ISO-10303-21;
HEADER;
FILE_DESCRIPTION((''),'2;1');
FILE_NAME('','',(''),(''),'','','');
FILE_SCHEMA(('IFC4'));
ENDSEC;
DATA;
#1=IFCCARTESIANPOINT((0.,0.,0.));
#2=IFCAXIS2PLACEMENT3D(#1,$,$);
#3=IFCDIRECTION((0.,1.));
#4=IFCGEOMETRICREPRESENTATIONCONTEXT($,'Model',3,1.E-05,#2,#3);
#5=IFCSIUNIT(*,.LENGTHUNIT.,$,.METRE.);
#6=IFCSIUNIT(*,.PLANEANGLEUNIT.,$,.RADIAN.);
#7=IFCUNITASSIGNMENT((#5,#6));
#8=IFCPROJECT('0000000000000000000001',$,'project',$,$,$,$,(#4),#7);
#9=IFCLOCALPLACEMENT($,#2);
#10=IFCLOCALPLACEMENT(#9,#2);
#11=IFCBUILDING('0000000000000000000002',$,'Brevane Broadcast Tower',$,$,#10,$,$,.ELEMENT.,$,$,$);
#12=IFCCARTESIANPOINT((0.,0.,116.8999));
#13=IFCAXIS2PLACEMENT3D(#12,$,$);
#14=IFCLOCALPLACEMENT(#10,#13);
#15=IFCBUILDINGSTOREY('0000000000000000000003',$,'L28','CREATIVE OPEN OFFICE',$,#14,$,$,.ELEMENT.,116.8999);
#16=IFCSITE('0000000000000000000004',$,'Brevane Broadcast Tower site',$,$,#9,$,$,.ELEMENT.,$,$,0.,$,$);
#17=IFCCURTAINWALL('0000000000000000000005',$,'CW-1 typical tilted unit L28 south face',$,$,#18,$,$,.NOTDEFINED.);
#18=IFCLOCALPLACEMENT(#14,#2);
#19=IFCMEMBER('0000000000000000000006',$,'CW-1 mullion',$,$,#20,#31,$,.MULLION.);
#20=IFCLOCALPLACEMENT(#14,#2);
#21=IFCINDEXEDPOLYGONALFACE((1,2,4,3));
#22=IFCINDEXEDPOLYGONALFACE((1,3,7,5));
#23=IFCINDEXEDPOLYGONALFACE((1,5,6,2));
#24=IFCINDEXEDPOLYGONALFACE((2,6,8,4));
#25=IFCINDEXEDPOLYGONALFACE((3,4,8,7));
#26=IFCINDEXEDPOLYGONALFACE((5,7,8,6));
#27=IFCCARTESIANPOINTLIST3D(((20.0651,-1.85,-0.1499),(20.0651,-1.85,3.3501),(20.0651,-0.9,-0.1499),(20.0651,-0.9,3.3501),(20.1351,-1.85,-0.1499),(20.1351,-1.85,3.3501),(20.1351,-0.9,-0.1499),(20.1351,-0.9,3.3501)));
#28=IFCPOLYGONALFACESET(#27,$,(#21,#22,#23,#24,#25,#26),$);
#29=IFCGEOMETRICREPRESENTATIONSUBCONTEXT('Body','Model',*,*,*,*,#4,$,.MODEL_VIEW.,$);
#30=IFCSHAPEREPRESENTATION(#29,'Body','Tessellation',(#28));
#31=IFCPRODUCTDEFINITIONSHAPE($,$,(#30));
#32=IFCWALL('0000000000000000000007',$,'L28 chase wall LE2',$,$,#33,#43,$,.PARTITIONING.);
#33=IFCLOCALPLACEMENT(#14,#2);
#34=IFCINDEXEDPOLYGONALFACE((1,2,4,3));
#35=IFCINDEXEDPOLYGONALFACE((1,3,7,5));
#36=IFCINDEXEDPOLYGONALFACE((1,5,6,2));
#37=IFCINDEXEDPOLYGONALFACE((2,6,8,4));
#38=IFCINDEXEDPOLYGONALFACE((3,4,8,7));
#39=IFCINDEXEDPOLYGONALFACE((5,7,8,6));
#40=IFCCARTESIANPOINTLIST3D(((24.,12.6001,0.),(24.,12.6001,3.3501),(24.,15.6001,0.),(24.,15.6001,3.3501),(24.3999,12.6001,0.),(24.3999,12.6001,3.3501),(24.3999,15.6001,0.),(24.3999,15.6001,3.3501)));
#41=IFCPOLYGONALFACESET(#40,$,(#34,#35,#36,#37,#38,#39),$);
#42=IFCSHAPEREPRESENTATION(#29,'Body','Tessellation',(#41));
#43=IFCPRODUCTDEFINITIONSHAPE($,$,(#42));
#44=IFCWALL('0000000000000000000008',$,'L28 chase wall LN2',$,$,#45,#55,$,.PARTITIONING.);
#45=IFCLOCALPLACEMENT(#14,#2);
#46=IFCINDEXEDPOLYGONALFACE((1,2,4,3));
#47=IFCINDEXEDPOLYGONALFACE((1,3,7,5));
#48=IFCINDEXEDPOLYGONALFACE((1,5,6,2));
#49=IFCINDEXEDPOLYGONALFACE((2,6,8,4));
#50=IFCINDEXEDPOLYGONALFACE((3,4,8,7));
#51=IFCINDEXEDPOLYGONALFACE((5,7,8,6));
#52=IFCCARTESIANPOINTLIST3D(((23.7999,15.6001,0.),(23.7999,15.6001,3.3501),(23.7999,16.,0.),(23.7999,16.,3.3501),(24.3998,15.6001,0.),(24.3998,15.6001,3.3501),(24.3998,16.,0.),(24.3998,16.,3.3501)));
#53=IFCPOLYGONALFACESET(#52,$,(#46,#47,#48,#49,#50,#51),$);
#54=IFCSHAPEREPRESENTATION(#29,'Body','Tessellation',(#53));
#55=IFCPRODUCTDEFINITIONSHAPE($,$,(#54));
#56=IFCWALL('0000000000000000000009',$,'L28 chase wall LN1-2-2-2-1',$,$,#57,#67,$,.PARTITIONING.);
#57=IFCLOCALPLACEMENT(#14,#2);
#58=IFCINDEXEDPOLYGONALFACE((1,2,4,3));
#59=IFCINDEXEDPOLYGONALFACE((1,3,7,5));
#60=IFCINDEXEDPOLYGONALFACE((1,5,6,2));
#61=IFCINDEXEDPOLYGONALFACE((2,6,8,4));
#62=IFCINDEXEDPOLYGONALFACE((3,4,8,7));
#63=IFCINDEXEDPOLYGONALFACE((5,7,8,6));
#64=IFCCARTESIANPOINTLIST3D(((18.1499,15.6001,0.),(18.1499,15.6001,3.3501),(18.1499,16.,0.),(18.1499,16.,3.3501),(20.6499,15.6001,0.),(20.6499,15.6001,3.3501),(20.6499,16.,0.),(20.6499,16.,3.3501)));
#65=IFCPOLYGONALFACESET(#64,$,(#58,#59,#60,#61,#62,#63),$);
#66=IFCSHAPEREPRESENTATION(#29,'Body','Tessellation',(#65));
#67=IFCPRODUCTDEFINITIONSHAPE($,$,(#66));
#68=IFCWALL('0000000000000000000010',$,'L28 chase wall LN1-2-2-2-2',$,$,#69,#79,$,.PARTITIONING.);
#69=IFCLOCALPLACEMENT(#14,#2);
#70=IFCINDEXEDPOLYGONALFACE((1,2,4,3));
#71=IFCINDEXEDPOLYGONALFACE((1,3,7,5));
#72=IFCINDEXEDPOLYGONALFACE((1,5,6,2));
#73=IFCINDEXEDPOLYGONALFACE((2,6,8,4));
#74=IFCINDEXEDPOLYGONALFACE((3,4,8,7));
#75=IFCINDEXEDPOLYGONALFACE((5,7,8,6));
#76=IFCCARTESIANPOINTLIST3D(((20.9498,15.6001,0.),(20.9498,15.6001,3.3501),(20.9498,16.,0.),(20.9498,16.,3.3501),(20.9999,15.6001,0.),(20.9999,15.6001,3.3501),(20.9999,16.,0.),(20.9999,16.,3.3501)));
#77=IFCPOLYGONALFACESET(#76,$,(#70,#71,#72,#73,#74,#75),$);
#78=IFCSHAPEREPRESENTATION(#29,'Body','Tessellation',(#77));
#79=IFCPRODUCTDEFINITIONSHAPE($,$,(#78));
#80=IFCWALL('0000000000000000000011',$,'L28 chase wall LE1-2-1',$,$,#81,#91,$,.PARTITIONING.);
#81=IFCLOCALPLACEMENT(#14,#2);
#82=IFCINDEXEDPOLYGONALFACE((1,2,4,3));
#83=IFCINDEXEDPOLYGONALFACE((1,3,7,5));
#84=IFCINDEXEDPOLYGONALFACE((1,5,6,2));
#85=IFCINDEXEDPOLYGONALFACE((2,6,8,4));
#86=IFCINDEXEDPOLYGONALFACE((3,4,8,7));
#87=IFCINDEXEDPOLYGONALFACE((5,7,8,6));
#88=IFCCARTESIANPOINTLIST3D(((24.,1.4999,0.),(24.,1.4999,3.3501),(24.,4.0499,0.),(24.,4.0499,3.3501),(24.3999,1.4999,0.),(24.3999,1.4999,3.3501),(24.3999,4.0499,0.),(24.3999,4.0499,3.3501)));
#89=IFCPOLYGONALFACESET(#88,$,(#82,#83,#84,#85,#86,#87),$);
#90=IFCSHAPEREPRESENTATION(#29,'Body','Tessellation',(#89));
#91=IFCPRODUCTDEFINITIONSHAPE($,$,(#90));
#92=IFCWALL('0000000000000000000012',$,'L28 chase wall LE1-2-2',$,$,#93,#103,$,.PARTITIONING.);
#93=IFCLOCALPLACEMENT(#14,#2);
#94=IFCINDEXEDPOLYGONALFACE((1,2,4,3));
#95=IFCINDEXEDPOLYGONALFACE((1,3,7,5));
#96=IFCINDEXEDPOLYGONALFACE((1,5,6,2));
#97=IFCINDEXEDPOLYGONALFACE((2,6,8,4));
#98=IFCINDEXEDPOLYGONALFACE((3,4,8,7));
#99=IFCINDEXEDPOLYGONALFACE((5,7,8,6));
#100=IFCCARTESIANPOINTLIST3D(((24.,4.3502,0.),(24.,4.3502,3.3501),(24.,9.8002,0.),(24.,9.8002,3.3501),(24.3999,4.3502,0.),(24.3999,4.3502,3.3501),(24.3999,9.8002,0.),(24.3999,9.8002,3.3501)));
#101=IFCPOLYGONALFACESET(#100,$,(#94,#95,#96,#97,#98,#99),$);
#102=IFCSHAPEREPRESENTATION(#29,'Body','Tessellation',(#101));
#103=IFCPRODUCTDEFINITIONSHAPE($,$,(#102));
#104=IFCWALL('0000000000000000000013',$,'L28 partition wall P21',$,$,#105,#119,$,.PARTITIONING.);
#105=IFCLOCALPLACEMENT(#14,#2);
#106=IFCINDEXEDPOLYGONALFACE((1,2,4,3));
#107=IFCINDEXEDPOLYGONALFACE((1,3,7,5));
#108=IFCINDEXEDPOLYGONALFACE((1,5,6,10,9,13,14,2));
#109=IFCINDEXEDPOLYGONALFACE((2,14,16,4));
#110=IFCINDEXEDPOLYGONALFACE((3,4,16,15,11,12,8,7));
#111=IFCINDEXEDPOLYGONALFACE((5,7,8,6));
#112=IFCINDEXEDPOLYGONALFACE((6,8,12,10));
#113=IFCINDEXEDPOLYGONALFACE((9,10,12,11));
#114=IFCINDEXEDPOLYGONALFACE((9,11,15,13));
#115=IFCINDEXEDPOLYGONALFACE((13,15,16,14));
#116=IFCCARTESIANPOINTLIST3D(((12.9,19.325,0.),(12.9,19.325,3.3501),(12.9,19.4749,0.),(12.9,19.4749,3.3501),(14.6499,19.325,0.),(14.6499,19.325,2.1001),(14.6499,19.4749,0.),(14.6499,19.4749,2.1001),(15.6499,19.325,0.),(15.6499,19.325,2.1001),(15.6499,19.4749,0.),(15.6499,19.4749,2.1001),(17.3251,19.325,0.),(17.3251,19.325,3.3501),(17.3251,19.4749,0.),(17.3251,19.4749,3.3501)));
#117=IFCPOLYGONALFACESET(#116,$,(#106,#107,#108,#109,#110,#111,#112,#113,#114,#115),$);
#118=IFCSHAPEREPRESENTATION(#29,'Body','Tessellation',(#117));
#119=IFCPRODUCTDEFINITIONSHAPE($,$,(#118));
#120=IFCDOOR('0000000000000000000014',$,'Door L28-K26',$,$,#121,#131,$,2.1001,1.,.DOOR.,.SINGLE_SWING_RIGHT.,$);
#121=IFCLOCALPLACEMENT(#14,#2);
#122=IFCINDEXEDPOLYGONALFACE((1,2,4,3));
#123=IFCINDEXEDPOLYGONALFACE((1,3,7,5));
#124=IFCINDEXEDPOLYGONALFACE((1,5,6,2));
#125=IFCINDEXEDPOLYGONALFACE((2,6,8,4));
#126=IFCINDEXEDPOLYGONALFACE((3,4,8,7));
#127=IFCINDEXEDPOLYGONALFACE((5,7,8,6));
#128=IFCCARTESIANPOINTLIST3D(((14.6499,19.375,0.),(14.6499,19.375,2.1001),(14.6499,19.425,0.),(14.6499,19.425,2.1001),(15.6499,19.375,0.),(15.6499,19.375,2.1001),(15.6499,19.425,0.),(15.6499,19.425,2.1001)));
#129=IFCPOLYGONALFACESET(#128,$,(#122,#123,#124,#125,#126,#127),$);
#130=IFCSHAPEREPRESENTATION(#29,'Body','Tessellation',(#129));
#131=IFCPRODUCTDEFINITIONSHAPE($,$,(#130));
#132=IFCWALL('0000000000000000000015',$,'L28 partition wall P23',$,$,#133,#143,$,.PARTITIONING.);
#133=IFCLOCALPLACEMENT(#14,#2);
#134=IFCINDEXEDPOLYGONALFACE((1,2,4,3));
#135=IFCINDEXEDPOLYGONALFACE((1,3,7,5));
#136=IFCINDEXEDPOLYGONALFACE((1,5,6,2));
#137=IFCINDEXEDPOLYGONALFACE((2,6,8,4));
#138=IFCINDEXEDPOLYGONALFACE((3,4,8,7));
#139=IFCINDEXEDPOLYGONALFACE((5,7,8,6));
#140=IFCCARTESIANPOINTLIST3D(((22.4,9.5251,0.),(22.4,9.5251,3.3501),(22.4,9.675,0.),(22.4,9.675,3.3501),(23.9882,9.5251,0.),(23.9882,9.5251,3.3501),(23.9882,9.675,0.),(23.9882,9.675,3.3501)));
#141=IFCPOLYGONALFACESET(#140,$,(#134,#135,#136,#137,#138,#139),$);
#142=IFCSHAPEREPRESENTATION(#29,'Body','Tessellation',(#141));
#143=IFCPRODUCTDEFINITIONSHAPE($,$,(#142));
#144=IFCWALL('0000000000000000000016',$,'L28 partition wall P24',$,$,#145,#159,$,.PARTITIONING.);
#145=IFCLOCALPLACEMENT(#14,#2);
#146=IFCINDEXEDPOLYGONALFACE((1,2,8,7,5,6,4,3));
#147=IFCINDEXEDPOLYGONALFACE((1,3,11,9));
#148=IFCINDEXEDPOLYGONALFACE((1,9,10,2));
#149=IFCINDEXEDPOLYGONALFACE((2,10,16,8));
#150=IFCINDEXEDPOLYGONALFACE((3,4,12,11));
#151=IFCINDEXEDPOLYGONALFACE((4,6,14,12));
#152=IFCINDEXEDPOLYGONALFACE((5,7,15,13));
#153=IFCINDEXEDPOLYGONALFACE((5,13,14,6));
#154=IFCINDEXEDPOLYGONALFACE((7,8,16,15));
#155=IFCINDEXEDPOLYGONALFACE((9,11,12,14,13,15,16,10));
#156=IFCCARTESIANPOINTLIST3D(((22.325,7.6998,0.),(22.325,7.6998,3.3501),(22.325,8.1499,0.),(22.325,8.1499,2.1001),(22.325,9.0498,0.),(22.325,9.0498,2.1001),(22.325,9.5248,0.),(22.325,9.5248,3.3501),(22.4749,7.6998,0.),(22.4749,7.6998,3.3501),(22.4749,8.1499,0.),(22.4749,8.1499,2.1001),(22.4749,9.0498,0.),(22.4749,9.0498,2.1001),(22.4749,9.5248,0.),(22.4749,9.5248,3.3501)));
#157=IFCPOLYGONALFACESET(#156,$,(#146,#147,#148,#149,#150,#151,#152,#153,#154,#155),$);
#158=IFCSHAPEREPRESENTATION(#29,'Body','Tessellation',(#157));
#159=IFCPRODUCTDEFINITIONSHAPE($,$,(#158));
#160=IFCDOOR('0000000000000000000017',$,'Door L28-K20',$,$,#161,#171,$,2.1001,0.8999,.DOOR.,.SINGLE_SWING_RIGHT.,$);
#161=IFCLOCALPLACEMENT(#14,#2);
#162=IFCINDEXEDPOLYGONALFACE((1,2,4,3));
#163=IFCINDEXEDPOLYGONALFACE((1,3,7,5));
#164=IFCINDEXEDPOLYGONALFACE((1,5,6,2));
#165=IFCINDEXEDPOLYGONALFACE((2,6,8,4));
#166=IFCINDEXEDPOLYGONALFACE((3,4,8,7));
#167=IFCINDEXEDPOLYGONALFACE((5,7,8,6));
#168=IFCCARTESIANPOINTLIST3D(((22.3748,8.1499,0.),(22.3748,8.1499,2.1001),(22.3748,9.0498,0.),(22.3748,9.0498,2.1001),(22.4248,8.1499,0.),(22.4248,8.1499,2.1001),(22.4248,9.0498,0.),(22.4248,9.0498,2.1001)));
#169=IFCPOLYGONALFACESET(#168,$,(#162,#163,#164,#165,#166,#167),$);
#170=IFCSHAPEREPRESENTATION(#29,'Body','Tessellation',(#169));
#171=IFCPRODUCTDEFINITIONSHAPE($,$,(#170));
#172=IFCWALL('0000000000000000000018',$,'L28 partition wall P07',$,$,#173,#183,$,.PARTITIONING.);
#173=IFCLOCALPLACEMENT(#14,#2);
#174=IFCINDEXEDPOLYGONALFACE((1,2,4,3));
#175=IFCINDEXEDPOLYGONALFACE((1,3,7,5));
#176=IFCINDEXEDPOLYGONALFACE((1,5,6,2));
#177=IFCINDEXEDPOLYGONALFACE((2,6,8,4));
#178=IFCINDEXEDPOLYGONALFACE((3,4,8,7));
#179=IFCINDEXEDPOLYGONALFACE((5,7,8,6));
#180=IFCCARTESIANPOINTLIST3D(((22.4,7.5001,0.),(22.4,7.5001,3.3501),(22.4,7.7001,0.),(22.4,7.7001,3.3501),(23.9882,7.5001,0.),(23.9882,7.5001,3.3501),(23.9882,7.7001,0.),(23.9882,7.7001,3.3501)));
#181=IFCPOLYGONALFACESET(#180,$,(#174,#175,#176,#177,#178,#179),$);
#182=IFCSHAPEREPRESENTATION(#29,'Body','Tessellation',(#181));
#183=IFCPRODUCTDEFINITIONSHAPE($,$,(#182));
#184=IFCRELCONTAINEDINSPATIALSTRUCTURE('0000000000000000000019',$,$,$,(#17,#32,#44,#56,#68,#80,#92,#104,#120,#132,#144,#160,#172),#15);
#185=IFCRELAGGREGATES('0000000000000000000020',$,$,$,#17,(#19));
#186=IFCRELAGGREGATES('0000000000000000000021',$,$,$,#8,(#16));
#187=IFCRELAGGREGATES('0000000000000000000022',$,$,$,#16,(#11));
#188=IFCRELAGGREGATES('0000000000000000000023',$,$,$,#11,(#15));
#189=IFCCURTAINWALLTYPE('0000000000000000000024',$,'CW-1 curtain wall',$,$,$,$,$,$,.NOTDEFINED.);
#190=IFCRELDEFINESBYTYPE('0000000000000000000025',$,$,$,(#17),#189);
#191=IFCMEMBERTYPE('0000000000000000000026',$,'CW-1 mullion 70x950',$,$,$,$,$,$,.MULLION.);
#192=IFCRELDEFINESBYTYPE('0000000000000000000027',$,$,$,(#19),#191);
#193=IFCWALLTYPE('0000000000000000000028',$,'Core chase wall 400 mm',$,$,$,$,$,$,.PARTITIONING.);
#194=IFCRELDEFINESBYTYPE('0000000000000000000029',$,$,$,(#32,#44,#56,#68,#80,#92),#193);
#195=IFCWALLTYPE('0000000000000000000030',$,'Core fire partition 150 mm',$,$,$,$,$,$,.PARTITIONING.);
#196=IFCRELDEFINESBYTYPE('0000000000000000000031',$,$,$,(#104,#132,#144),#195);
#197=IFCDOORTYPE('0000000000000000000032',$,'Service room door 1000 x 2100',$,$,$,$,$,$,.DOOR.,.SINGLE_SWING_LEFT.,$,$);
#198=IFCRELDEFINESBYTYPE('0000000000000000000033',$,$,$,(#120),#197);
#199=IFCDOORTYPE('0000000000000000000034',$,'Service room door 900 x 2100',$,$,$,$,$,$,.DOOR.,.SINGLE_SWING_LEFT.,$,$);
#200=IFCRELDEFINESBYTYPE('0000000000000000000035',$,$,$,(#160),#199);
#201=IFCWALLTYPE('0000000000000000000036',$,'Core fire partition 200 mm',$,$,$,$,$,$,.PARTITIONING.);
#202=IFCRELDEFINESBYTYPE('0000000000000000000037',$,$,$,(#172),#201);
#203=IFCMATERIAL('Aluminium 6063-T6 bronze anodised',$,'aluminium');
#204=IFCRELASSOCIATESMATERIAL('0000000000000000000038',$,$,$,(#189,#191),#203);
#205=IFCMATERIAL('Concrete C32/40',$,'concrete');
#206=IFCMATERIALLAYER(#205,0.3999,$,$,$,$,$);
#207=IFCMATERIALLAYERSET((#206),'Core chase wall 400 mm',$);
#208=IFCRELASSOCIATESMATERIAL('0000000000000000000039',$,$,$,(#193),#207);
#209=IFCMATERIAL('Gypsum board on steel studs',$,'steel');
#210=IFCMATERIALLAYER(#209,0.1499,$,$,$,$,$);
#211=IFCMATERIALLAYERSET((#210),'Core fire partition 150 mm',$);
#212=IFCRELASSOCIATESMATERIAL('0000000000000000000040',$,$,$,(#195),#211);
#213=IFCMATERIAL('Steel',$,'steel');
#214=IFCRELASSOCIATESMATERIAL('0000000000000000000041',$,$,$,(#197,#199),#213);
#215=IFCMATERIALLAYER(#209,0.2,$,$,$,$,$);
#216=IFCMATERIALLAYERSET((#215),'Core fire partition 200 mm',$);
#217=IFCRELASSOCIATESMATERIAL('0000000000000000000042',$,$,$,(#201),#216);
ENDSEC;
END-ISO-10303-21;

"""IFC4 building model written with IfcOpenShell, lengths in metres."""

from ifc_helpers import new_model, si_unit, direction, frame, frame_2d, origin, origin_2d, place, context, subcontext, project, spatial, rectangle, extrude, material, layer, layer_set, material_profile, profile_set, type_object, element, fill, aggregate, save


model = new_model("IFC4")

# Units and contexts
model_context = context("Model", 3, precision=1e-05, world=origin(), true_north=direction((0.0, 1.0)))
body_context = subcontext(model_context, "Body", "Model", "MODEL_VIEW")
ifc_project = project(units=[si_unit("LENGTHUNIT", "METRE"), si_unit("PLANEANGLEUNIT", "RADIAN")], contexts=[model_context])

# Site, building, storey
site_placement = place(None, origin())
site = spatial("IfcSite", under=ifc_project, at=site_placement, Name="Brevane Broadcast Tower site", CompositionType="ELEMENT", RefElevation=0.0)
building_placement = place(site_placement, origin())
building = spatial("IfcBuilding", under=site, at=building_placement, Name="Brevane Broadcast Tower", CompositionType="ELEMENT")
storey_placement = place(building_placement, frame((0.0, 0.0, 116.8999)))
storey = spatial("IfcBuildingStorey", under=building, at=storey_placement, Name="L28", Description="CREATIVE OPEN OFFICE", CompositionType="ELEMENT", Elevation=116.8999)

# Curtain wall, member
ifc_material_1 = material(Name="Aluminium 6063-T6 bronze anodised", Category="aluminium")
curtain_wall_type = type_object("IfcCurtainWallType", Name="CW-1 curtain wall", PredefinedType="NOTDEFINED", material=ifc_material_1)
curtain_wall_placement = place(storey_placement, origin())
curtain_wall = element("IfcCurtainWall", 1, at=curtain_wall_placement, inside=storey, type_object=curtain_wall_type, Name="CW-1 typical tilted unit L28 south face", PredefinedType="NOTDEFINED")
ifc_material_profile = material_profile(ifc_material_1, rectangle(XDim=0.95, YDim=0.0701, at=origin_2d()), Name="RECT 70x950")
ifc_profile_set = profile_set([ifc_material_profile], Name="Aluminium 6063-T6 bronze anodised")
member_type = type_object("IfcMemberType", Name="CW-1 mullion 70x950", PredefinedType="MULLION", material=ifc_profile_set)
member_placement = place(storey_placement, frame((20.1001, -1.375, -0.1499), z_axis=(0.0, 0.0, 1.0), x_axis=(0.0, 1.0, 0.0)))
member = element("IfcMember", 2, at=member_placement, type_object=member_type, Name="CW-1 mullion", PredefinedType="MULLION", context=body_context, shape_type="SweptSolid", body=[
    extrude(rectangle(XDim=0.95, YDim=0.0701, at=origin_2d()), origin(), (0.0, 0.0, 1.0), 3.5),
])
aggregate(curtain_wall, [member])

# Walls
ifc_material_2 = material(Name="Concrete C32/40", Category="concrete")
ifc_layer_1 = layer(ifc_material_2, 0.3999)
ifc_layer_set_1 = layer_set([ifc_layer_1], Name="Core chase wall 400 mm")
wall_type_1 = type_object("IfcWallType", Name="Core chase wall 400 mm", PredefinedType="PARTITIONING", material=ifc_layer_set_1)
wall_1_placement = place(storey_placement, frame((24.2, 12.6001, 0.0), z_axis=(0.0, 0.0, 1.0), x_axis=(0.0, 1.0, 0.0)))
element("IfcWall", 3, at=wall_1_placement, inside=storey, type_object=wall_type_1, Name="L28 chase wall LE2", PredefinedType="PARTITIONING", context=body_context, shape_type="SweptSolid", body=[
    extrude(rectangle(XDim=3.0, YDim=0.3999, at=frame_2d((1.5, 0.0))), origin(), (0.0, 0.0, 1.0), 3.3501),
])
wall_2_placement = place(storey_placement, frame((23.8, 15.8, 0.0), z_axis=(0.0, 0.0, 1.0), x_axis=(1.0, 0.0, 0.0)))
element("IfcWall", 4, at=wall_2_placement, inside=storey, type_object=wall_type_1, Name="L28 chase wall LN2", PredefinedType="PARTITIONING", context=body_context, shape_type="SweptSolid", body=[
    extrude(rectangle(XDim=0.5999, YDim=0.3999, at=frame_2d((0.2998, 0.0))), origin(), (0.0, 0.0, 1.0), 3.3501),
])
wall_3_placement = place(storey_placement, frame((18.1499, 15.8, 0.0), z_axis=(0.0, 0.0, 1.0), x_axis=(1.0, 0.0, 0.0)))
element("IfcWall", 5, at=wall_3_placement, inside=storey, type_object=wall_type_1, Name="L28 chase wall LN1-2-2-2-1", PredefinedType="PARTITIONING", context=body_context, shape_type="SweptSolid", body=[
    extrude(rectangle(XDim=2.5, YDim=0.3999, at=frame_2d((1.25, 0.0))), origin(), (0.0, 0.0, 1.0), 3.3501),
])
wall_4_placement = place(storey_placement, frame((20.95, 15.8, 0.0), z_axis=(0.0, 0.0, 1.0), x_axis=(1.0, 0.0, 0.0)))
element("IfcWall", 6, at=wall_4_placement, inside=storey, type_object=wall_type_1, Name="L28 chase wall LN1-2-2-2-2", PredefinedType="PARTITIONING", context=body_context, shape_type="SweptSolid", body=[
    extrude(rectangle(XDim=0.05, YDim=0.3999, at=frame_2d((0.0249, 0.0))), origin(), (0.0, 0.0, 1.0), 3.3501),
])
wall_5_placement = place(storey_placement, frame((24.2, 1.5, 0.0), z_axis=(0.0, 0.0, 1.0), x_axis=(0.0, 1.0, 0.0)))
element("IfcWall", 7, at=wall_5_placement, inside=storey, type_object=wall_type_1, Name="L28 chase wall LE1-2-1", PredefinedType="PARTITIONING", context=body_context, shape_type="SweptSolid", body=[
    extrude(rectangle(XDim=2.55, YDim=0.3999, at=frame_2d((1.2749, 0.0))), origin(), (0.0, 0.0, 1.0), 3.3501),
])
wall_6_placement = place(storey_placement, frame((24.2, 4.3501, 0.0), z_axis=(0.0, 0.0, 1.0), x_axis=(0.0, 1.0, 0.0)))
element("IfcWall", 8, at=wall_6_placement, inside=storey, type_object=wall_type_1, Name="L28 chase wall LE1-2-2", PredefinedType="PARTITIONING", context=body_context, shape_type="SweptSolid", body=[
    extrude(rectangle(XDim=5.45, YDim=0.3999, at=frame_2d((2.7251, 0.0))), origin(), (0.0, 0.0, 1.0), 3.3501),
])

# Wall, opening, door
ifc_material_3 = material(Name="Gypsum board on steel studs", Category="steel")
ifc_layer_2 = layer(ifc_material_3, 0.1499)
ifc_layer_set_2 = layer_set([ifc_layer_2], Name="Core fire partition 150 mm")
wall_type_2 = type_object("IfcWallType", Name="Core fire partition 150 mm", PredefinedType="PARTITIONING", material=ifc_layer_set_2)
wall_7_placement = place(storey_placement, frame((17.325, 19.3999, 0.0), z_axis=(0.0, 0.0, 1.0), x_axis=(-1.0, 0.0, 0.0)))
wall_7 = element("IfcWall", 9, at=wall_7_placement, inside=storey, type_object=wall_type_2, Name="L28 partition wall P21", PredefinedType="PARTITIONING", context=body_context, shape_type="SweptSolid", body=[
    extrude(rectangle(XDim=4.425, YDim=0.1499, at=frame_2d((2.2124, 0.0))), origin(), (0.0, 0.0, 1.0), 3.3501),
])
opening_1_placement = place(wall_7_placement, frame((1.675, 0.0, 0.0)))
opening_1 = element("IfcOpeningElement", 10, at=opening_1_placement, cuts=wall_7, PredefinedType="OPENING", context=body_context, shape_type="SweptSolid", body=[
    extrude(rectangle(XDim=1.0, YDim=2.1001, at=frame_2d((0.5, 1.05))), frame((0.0, 0.085, 0.0), z_axis=(0.0, -1.0, 0.0), x_axis=(1.0, 0.0, 0.0)), (0.0, 0.0, 1.0), 0.1699),
])
ifc_material_4 = material(Name="Steel", Category="steel")
door_type_1 = type_object("IfcDoorType", Name="Service room door 1000 x 2100", OperationType="SINGLE_SWING_LEFT", PredefinedType="DOOR", material=ifc_material_4)
door_1_placement = place(opening_1_placement, origin())
door_1 = element("IfcDoor", 11, at=door_1_placement, inside=storey, type_object=door_type_1, Name="Door L28-K26", OperationType="SINGLE_SWING_RIGHT", OverallHeight=2.1001, OverallWidth=1.0, PredefinedType="DOOR", context=body_context, shape_type="SweptSolid", body=[
    extrude(rectangle(XDim=1.0, YDim=2.1001, at=frame_2d((0.5, 1.05))), frame((0.0, 0.0249, 0.0), z_axis=(0.0, -1.0, 0.0), x_axis=(1.0, 0.0, 0.0)), (0.0, 0.0, 1.0), 0.05),
])
fill(opening_1, door_1)

# Wall
wall_8_placement = place(storey_placement, frame((23.988, 9.6001, 0.0), z_axis=(0.0, 0.0, 1.0), x_axis=(-1.0, 0.0, 0.0)))
element("IfcWall", 12, at=wall_8_placement, inside=storey, type_object=wall_type_2, Name="L28 partition wall P23", PredefinedType="PARTITIONING", context=body_context, shape_type="SweptSolid", body=[
    extrude(rectangle(XDim=1.5881, YDim=0.1499, at=frame_2d((0.7939, 0.0))), origin(), (0.0, 0.0, 1.0), 3.3501),
])

# Wall, opening, door
wall_9_placement = place(storey_placement, frame((22.3999, 9.5249, 0.0), z_axis=(0.0, 0.0, 1.0), x_axis=(0.0, -1.0, 0.0)))
wall_9 = element("IfcWall", 13, at=wall_9_placement, inside=storey, type_object=wall_type_2, Name="L28 partition wall P24", PredefinedType="PARTITIONING", context=body_context, shape_type="SweptSolid", body=[
    extrude(rectangle(XDim=1.825, YDim=0.1499, at=frame_2d((0.9126, 0.0))), origin(), (0.0, 0.0, 1.0), 3.3501),
])
opening_2_placement = place(wall_9_placement, frame((0.4751, 0.0, 0.0)))
opening_2 = element("IfcOpeningElement", 14, at=opening_2_placement, cuts=wall_9, PredefinedType="OPENING", context=body_context, shape_type="SweptSolid", body=[
    extrude(rectangle(XDim=0.8999, YDim=2.1001, at=frame_2d((0.45, 1.05))), frame((0.0, 0.085, 0.0), z_axis=(0.0, -1.0, 0.0), x_axis=(1.0, 0.0, 0.0)), (0.0, 0.0, 1.0), 0.1699),
])
door_type_2 = type_object("IfcDoorType", Name="Service room door 900 x 2100", OperationType="SINGLE_SWING_LEFT", PredefinedType="DOOR", material=ifc_material_4)
door_2_placement = place(opening_2_placement, origin())
door_2 = element("IfcDoor", 15, at=door_2_placement, inside=storey, type_object=door_type_2, Name="Door L28-K20", OperationType="SINGLE_SWING_RIGHT", OverallHeight=2.1001, OverallWidth=0.8999, PredefinedType="DOOR", context=body_context, shape_type="SweptSolid", body=[
    extrude(rectangle(XDim=0.8999, YDim=2.1001, at=frame_2d((0.45, 1.05))), frame((0.0, 0.0249, 0.0), z_axis=(0.0, -1.0, 0.0), x_axis=(1.0, 0.0, 0.0)), (0.0, 0.0, 1.0), 0.05),
])
fill(opening_2, door_2)

# Wall
ifc_layer_3 = layer(ifc_material_3, 0.2)
ifc_layer_set_3 = layer_set([ifc_layer_3], Name="Core fire partition 200 mm")
wall_type_3 = type_object("IfcWallType", Name="Core fire partition 200 mm", PredefinedType="PARTITIONING", material=ifc_layer_set_3)
wall_10_placement = place(storey_placement, frame((23.988, 7.6001, 0.0), z_axis=(0.0, 0.0, 1.0), x_axis=(-1.0, 0.0, 0.0)))
element("IfcWall", 16, at=wall_10_placement, inside=storey, type_object=wall_type_3, Name="L28 partition wall P07", PredefinedType="PARTITIONING", context=body_context, shape_type="SweptSolid", body=[
    extrude(rectangle(XDim=1.5881, YDim=0.2, at=frame_2d((0.7939, 0.0))), origin(), (0.0, 0.0, 1.0), 3.3501),
])

save(model, "model.ifc")
